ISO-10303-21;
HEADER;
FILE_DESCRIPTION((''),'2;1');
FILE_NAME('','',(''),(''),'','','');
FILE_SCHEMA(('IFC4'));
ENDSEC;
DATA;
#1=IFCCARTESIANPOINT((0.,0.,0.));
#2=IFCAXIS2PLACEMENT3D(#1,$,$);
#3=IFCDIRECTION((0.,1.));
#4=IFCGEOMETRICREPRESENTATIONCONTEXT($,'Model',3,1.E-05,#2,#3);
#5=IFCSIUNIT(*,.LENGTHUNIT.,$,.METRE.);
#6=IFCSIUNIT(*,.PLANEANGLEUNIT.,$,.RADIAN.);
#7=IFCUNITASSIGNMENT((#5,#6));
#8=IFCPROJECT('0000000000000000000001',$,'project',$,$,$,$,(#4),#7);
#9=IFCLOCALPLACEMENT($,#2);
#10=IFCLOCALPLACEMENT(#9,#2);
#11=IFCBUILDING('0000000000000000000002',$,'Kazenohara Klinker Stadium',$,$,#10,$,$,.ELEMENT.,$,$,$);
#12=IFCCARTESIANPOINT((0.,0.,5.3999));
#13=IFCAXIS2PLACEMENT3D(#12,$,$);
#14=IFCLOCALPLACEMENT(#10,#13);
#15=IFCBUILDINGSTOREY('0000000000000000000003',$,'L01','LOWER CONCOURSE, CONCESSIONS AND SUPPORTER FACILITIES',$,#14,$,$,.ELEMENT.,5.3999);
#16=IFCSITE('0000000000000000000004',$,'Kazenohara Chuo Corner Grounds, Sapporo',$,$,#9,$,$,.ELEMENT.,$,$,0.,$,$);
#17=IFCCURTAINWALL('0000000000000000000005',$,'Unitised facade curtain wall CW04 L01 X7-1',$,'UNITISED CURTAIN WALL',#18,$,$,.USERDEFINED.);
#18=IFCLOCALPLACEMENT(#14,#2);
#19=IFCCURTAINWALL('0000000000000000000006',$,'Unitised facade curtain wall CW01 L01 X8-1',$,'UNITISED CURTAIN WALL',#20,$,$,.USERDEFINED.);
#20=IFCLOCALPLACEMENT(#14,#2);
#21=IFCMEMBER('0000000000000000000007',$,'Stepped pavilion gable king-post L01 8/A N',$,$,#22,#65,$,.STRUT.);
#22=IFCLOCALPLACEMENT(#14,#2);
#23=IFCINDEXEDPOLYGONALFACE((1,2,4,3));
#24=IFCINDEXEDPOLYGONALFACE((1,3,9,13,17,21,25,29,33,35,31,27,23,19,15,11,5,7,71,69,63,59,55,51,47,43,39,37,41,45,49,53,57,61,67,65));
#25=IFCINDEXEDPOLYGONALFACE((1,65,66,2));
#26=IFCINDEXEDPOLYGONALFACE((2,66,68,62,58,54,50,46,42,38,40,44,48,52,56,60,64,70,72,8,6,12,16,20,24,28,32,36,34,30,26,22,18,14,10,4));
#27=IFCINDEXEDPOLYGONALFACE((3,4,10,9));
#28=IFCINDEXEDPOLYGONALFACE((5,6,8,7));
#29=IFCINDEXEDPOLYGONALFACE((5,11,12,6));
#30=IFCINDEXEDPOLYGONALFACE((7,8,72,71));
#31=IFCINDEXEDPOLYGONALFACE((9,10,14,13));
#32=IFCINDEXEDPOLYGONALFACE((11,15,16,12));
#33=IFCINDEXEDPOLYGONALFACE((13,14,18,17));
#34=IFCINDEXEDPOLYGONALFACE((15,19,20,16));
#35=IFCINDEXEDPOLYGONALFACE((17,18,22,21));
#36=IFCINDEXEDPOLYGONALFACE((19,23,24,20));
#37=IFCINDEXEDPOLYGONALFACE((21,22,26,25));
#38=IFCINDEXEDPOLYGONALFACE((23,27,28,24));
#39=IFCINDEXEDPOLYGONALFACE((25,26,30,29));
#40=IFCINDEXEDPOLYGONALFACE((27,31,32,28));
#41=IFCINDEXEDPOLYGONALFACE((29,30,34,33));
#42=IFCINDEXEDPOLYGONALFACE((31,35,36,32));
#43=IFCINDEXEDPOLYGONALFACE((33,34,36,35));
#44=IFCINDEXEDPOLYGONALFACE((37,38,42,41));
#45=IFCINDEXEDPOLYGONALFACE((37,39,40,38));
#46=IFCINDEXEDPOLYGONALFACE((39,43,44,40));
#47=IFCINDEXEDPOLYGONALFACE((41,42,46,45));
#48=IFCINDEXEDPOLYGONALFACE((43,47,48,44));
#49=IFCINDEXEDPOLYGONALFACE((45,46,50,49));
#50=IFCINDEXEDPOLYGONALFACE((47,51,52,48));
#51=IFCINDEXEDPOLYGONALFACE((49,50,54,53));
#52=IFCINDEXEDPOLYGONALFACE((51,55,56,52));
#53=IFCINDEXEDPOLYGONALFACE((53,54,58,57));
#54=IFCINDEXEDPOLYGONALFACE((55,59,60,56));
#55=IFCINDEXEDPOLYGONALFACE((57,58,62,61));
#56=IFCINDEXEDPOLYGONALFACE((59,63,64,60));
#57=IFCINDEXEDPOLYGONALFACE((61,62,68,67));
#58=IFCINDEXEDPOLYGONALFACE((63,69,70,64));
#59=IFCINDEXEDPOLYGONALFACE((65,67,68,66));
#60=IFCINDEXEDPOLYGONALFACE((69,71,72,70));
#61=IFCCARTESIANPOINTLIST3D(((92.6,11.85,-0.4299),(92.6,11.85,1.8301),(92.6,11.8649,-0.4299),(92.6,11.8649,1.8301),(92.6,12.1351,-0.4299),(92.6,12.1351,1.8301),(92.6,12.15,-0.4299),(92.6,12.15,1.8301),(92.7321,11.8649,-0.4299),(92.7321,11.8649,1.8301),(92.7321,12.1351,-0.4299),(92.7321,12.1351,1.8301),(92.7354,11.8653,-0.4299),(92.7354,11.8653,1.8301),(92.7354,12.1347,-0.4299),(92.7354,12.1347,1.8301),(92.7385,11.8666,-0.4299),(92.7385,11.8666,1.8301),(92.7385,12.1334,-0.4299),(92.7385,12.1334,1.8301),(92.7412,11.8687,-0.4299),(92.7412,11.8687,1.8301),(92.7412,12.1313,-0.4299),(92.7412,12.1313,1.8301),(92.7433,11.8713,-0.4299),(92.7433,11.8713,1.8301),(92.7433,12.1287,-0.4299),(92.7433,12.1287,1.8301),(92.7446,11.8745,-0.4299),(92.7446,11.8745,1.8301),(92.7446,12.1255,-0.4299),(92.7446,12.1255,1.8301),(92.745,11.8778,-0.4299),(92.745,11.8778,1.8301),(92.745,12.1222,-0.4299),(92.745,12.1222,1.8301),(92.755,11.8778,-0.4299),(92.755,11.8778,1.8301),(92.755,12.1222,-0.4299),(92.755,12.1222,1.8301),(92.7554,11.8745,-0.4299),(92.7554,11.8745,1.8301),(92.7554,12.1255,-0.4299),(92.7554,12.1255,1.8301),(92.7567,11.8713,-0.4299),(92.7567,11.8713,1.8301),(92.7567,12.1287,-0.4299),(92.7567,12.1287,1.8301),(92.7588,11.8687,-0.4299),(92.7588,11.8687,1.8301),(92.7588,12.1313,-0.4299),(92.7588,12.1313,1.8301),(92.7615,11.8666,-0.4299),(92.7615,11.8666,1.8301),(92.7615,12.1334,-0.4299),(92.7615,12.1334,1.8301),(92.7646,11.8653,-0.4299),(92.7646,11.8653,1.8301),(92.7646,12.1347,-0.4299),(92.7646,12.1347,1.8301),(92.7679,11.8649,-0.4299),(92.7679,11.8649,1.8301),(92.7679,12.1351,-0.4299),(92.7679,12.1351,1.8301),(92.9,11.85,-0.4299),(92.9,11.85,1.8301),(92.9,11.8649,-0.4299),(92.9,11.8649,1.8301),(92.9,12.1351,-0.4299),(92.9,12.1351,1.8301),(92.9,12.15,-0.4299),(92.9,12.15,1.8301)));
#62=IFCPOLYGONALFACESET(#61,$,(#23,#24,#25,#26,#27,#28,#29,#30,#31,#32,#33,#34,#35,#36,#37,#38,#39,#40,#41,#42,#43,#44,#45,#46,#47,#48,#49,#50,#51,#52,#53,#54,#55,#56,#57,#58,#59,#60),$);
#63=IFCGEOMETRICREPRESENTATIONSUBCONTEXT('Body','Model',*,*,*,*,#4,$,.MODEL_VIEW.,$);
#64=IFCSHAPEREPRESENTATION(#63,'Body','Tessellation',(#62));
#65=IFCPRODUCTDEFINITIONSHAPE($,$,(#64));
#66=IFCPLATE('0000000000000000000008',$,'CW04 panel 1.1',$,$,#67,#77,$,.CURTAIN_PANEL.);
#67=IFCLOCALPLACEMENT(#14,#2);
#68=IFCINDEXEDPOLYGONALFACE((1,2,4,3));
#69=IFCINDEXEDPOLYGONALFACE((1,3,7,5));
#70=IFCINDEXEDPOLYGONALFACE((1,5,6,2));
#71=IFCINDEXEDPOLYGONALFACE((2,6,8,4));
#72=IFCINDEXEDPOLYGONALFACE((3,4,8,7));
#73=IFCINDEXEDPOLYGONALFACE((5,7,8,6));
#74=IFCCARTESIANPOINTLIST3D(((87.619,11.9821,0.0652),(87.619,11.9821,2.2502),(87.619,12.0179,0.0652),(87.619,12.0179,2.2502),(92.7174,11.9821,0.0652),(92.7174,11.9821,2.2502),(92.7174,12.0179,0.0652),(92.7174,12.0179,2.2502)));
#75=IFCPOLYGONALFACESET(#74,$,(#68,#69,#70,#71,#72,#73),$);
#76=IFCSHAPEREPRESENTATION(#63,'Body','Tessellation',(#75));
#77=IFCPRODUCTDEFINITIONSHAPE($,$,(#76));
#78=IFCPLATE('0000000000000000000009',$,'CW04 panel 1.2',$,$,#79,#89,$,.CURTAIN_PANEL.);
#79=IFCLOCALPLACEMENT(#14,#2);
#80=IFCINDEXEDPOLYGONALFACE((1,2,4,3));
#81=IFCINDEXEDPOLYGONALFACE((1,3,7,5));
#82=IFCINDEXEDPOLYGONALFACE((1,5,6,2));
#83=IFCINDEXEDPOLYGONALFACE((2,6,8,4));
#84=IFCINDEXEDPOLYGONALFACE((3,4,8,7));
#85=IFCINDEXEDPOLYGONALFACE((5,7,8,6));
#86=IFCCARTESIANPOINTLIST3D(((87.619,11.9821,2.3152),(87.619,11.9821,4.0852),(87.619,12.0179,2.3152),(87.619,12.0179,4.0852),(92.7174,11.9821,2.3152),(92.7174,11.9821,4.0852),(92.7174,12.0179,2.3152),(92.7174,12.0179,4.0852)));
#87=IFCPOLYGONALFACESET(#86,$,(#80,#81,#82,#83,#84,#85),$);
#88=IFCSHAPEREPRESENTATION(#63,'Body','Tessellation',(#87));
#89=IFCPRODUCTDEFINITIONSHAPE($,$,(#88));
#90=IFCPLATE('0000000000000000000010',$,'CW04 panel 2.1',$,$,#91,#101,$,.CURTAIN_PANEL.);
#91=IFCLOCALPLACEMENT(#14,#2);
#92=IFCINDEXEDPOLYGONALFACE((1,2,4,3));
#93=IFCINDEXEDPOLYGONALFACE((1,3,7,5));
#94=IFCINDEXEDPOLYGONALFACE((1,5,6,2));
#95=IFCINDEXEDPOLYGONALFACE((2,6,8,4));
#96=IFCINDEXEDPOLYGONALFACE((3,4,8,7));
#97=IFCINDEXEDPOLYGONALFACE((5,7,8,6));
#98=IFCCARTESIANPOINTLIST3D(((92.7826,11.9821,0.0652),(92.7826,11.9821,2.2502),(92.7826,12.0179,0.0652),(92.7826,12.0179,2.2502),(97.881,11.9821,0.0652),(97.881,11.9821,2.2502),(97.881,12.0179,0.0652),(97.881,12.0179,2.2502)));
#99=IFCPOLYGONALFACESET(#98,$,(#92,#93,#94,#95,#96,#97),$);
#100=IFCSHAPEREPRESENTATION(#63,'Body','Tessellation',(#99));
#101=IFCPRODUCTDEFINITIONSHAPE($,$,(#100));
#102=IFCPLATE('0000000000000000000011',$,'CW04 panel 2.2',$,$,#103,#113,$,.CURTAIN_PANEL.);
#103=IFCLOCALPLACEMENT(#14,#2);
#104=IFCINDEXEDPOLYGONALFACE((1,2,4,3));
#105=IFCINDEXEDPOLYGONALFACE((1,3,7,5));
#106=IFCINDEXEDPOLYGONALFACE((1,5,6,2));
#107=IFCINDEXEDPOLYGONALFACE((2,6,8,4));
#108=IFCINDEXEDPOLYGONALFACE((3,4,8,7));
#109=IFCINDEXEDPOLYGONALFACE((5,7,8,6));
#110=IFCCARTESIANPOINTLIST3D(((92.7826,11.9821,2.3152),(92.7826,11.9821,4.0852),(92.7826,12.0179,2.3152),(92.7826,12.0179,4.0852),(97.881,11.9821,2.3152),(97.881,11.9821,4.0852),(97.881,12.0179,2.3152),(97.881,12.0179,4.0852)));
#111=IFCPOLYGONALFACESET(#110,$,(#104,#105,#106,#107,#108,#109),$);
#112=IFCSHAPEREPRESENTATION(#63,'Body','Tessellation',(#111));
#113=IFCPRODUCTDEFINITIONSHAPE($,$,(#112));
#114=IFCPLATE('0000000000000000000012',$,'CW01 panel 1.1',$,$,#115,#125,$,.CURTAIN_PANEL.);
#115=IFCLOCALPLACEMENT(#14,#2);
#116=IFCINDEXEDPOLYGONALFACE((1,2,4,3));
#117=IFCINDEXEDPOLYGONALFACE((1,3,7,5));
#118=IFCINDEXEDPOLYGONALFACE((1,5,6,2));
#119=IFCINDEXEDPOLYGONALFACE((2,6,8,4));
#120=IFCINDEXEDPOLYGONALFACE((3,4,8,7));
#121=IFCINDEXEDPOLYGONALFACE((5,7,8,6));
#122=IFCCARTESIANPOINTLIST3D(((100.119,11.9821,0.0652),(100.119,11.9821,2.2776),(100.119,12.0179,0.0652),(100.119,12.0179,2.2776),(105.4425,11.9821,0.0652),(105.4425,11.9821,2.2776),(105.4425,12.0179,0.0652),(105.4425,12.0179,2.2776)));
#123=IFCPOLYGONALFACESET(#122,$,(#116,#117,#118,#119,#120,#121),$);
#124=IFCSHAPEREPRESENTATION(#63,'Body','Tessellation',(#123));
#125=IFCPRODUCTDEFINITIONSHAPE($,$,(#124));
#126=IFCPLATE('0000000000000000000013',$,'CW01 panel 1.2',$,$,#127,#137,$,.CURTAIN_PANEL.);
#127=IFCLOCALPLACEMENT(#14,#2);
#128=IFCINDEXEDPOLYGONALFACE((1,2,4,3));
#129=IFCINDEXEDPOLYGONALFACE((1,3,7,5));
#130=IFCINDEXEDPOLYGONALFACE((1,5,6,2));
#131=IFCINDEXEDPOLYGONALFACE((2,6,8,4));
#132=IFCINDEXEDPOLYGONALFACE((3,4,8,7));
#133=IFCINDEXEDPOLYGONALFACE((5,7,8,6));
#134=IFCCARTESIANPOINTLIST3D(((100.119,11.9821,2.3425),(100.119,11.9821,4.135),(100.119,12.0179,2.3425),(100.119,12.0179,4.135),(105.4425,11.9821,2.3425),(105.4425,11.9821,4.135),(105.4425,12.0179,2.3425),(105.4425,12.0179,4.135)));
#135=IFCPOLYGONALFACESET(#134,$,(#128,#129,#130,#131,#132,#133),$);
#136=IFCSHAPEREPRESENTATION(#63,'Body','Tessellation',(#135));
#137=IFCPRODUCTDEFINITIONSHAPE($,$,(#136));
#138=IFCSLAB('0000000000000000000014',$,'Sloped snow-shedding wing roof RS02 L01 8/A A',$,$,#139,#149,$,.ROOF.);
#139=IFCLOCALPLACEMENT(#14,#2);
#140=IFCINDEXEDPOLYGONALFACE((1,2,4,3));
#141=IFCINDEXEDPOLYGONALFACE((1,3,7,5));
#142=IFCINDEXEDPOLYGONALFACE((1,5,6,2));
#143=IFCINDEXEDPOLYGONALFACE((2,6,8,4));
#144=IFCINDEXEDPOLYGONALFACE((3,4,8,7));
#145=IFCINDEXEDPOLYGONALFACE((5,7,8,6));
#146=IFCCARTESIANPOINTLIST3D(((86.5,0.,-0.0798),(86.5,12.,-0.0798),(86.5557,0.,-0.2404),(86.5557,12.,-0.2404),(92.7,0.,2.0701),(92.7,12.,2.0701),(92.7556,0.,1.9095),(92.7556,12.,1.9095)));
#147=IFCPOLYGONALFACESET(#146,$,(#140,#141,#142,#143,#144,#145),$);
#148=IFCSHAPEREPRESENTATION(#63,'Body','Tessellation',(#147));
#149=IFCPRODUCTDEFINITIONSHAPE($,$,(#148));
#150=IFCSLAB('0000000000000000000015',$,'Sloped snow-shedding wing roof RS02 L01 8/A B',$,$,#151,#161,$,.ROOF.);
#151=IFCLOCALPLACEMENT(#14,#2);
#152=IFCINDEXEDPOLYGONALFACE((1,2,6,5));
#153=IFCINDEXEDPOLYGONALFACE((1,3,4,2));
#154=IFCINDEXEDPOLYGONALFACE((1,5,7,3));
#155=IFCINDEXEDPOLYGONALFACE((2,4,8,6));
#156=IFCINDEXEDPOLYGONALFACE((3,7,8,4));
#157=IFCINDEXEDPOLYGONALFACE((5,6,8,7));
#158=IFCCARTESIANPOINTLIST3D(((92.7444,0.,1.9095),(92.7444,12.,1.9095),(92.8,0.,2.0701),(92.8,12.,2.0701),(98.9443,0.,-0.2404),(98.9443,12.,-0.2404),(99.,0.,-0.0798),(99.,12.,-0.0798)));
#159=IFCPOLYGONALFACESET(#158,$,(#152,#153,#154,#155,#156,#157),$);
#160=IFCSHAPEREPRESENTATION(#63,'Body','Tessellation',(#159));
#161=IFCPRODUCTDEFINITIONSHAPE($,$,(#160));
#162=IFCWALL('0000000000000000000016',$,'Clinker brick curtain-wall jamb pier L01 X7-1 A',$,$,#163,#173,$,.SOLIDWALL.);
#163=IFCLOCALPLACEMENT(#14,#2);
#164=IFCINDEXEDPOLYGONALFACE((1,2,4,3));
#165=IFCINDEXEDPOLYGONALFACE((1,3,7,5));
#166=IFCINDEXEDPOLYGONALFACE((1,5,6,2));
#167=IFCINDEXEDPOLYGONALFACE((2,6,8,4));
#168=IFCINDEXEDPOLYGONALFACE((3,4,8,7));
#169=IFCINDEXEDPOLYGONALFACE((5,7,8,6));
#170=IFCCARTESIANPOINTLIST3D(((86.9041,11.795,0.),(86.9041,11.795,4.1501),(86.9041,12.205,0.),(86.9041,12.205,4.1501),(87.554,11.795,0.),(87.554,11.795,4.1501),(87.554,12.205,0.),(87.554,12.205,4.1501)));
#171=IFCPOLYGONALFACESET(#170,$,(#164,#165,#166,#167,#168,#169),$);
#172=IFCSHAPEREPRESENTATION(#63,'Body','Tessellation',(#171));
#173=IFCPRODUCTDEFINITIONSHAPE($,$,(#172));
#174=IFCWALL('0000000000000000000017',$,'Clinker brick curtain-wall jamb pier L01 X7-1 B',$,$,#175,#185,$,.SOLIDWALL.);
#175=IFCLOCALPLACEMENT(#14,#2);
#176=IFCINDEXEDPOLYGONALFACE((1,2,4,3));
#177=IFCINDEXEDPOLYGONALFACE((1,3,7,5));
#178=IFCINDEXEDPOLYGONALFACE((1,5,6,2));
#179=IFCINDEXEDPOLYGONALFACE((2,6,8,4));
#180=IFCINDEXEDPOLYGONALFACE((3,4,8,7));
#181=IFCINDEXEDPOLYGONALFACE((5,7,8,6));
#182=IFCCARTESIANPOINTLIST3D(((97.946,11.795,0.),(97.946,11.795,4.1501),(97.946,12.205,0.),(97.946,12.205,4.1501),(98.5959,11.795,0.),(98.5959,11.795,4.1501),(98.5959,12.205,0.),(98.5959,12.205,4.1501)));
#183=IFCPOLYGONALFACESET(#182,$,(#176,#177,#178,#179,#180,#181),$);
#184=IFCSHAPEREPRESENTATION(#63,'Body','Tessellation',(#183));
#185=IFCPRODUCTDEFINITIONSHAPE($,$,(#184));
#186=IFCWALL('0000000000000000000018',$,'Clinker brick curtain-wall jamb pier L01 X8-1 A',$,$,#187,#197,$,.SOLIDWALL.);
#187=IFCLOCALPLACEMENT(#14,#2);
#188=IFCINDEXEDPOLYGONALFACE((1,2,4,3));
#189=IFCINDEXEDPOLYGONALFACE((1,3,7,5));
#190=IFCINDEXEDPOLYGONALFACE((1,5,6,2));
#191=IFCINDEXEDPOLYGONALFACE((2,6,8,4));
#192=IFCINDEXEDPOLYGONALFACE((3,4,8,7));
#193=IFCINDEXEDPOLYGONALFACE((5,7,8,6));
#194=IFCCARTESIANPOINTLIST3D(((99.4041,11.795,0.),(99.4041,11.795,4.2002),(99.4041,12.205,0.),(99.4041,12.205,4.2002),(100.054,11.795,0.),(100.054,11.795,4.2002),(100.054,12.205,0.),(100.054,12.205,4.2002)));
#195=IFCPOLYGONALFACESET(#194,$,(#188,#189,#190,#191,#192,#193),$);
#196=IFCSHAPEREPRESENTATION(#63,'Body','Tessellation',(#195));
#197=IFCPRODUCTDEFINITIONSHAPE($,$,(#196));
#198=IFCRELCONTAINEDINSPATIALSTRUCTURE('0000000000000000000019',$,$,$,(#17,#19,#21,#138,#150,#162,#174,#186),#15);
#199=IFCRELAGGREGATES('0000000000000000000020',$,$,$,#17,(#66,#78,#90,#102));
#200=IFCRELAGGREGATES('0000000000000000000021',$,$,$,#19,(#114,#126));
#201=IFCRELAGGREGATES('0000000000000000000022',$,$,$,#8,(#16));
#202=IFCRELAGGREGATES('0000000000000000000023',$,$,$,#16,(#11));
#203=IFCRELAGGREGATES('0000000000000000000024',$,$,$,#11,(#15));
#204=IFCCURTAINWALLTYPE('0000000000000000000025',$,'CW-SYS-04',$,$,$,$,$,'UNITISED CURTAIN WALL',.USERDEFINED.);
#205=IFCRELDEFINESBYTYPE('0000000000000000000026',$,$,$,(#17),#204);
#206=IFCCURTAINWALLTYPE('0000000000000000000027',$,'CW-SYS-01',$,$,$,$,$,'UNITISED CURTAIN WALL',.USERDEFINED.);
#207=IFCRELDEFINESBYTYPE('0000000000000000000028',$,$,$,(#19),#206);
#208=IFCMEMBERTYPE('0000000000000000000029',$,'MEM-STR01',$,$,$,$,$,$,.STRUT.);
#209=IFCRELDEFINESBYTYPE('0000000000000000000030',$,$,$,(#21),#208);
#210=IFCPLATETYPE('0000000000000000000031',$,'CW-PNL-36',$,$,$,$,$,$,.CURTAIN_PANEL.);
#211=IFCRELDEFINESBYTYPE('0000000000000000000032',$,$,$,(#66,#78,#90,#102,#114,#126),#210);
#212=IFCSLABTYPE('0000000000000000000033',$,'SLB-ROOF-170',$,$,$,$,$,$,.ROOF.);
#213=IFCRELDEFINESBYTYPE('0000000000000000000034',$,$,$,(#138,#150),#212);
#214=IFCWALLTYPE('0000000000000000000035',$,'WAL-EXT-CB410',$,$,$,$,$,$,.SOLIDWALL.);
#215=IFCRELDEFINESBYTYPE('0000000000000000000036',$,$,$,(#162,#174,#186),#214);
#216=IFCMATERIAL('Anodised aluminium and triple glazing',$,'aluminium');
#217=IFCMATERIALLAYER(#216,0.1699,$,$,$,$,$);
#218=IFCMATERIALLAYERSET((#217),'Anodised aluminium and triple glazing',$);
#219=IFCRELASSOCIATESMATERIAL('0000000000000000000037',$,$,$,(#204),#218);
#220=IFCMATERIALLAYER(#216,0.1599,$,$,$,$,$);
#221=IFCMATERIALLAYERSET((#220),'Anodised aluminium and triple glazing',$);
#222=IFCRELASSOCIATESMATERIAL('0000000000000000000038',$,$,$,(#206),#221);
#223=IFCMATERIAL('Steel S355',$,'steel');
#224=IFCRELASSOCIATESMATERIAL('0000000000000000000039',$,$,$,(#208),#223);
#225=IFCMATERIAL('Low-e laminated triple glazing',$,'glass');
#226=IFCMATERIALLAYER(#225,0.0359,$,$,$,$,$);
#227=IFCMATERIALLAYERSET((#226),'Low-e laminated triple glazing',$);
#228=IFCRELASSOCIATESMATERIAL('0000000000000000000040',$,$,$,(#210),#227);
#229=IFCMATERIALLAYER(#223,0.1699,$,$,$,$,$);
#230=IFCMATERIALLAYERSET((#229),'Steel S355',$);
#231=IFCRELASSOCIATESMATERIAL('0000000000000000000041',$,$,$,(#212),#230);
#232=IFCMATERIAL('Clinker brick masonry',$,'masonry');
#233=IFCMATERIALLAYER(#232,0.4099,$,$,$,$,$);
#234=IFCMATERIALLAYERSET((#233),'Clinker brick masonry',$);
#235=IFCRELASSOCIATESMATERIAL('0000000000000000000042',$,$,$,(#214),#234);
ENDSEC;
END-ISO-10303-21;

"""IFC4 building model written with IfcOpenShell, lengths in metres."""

from ifc_helpers import new_model, si_unit, direction, frame, frame_2d, origin, origin_2d, place, context, subcontext, project, spatial, polyline, rectangle, i_section, outline, extrude, material, layer, layer_set, material_profile, profile_set, type_object, element, aggregate, save


model = new_model("IFC4")

# Units and contexts
model_context = context("Model", 3, precision=1e-05, world=origin(), true_north=direction((0.0, 1.0)))
body_context = subcontext(model_context, "Body", "Model", "MODEL_VIEW")
ifc_project = project(units=[si_unit("LENGTHUNIT", "METRE"), si_unit("PLANEANGLEUNIT", "RADIAN")], contexts=[model_context])

# Site, building, storey
site_placement = place(None, origin())
site = spatial("IfcSite", under=ifc_project, at=site_placement, Name="Kazenohara Chuo Corner Grounds, Sapporo", CompositionType="ELEMENT", RefElevation=0.0)
building_placement = place(site_placement, origin())
building = spatial("IfcBuilding", under=site, at=building_placement, Name="Kazenohara Klinker Stadium", CompositionType="ELEMENT")
storey_placement = place(building_placement, frame((0.0, 0.0, 5.3999)))
storey = spatial("IfcBuildingStorey", under=building, at=storey_placement, Name="L01", Description="LOWER CONCOURSE, CONCESSIONS AND SUPPORTER FACILITIES", CompositionType="ELEMENT", Elevation=5.3999)

# Shared definitions
ifc_material_1 = material(Name="Steel S355", Category="steel")

# Curtain walls
ifc_material_2 = material(Name="Anodised aluminium and triple glazing", Category="aluminium")
ifc_layer_1 = layer(ifc_material_2, 0.1699)
ifc_layer_set_1 = layer_set([ifc_layer_1], Name="Anodised aluminium and triple glazing")
curtain_wall_type_1 = type_object("IfcCurtainWallType", Name="CW-SYS-04", ElementType="UNITISED CURTAIN WALL", PredefinedType="USERDEFINED", material=ifc_layer_set_1)
curtain_wall_1_placement = place(storey_placement, origin())
curtain_wall_1 = element("IfcCurtainWall", 1, at=curtain_wall_1_placement, inside=storey, type_object=curtain_wall_type_1, Name="Unitised facade curtain wall CW04 L01 X7-1", ObjectType="UNITISED CURTAIN WALL", PredefinedType="USERDEFINED")
ifc_layer_2 = layer(ifc_material_2, 0.1599)
ifc_layer_set_2 = layer_set([ifc_layer_2], Name="Anodised aluminium and triple glazing")
curtain_wall_type_2 = type_object("IfcCurtainWallType", Name="CW-SYS-01", ElementType="UNITISED CURTAIN WALL", PredefinedType="USERDEFINED", material=ifc_layer_set_2)
curtain_wall_2_placement = place(storey_placement, origin())
curtain_wall_2 = element("IfcCurtainWall", 2, at=curtain_wall_2_placement, inside=storey, type_object=curtain_wall_type_2, Name="Unitised facade curtain wall CW01 L01 X8-1", ObjectType="UNITISED CURTAIN WALL", PredefinedType="USERDEFINED")

# Member
ifc_material_profile_1 = material_profile(ifc_material_1, i_section(OverallWidth=0.3, OverallDepth=0.3, WebThickness=0.01, FlangeThickness=0.0149, FilletRadius=0.0129, at=origin_2d()), Name="H-300x300x10x15")
ifc_profile_set_1 = profile_set([ifc_material_profile_1], Name="Steel S355")
member_type_1 = type_object("IfcMemberType", Name="MEM-STR01", PredefinedType="STRUT", material=ifc_profile_set_1)
for number, where, z_axis, x_axis, name in (
    (3, (92.75, 12.0, -0.4299), (0.0, 0.0, 1.0), (1.0, 0.0, 0.0), "Stepped pavilion gable king-post L01 8/A N"),
):
    element("IfcMember", number, at=place(storey_placement, frame(where, z_axis=z_axis, x_axis=x_axis)), inside=storey, type_object=member_type_1, Name=name, PredefinedType="STRUT", context=body_context, shape_type="SweptSolid", body=[
        extrude(i_section(OverallWidth=0.3, OverallDepth=0.3, WebThickness=0.01, FlangeThickness=0.0149, FilletRadius=0.0129, at=origin_2d()), origin(), (0.0, 0.0, 1.0), 2.26),
    ])

# Plates
ifc_material_3 = material(Name="Low-e laminated triple glazing", Category="glass")
ifc_layer_3 = layer(ifc_material_3, 0.0359)
ifc_layer_set_3 = layer_set([ifc_layer_3], Name="Low-e laminated triple glazing")
plate_type = type_object("IfcPlateType", Name="CW-PNL-36", PredefinedType="CURTAIN_PANEL", material=ifc_layer_set_3)
plate_1_placement = place(storey_placement, frame((90.1682, 12.0, 0.0652), z_axis=(0.0, 0.0, 1.0), x_axis=(1.0, 0.0, 0.0)))
plate_1 = element("IfcPlate", 4, at=plate_1_placement, type_object=plate_type, Name="CW04 panel 1.1", PredefinedType="CURTAIN_PANEL", context=body_context, shape_type="SweptSolid", body=[
    extrude(rectangle(XDim=5.0984, YDim=0.0359, at=origin_2d()), origin(), (0.0, 0.0, 1.0), 2.1851),
])
plate_2_placement = place(storey_placement, frame((90.1682, 12.0, 2.3152), z_axis=(0.0, 0.0, 1.0), x_axis=(1.0, 0.0, 0.0)))
plate_2 = element("IfcPlate", 5, at=plate_2_placement, type_object=plate_type, Name="CW04 panel 1.2", PredefinedType="CURTAIN_PANEL", context=body_context, shape_type="SweptSolid", body=[
    extrude(rectangle(XDim=5.0984, YDim=0.0359, at=origin_2d()), origin(), (0.0, 0.0, 1.0), 1.77),
])
plate_3_placement = place(storey_placement, frame((95.3318, 12.0, 0.0652), z_axis=(0.0, 0.0, 1.0), x_axis=(1.0, 0.0, 0.0)))
plate_3 = element("IfcPlate", 6, at=plate_3_placement, type_object=plate_type, Name="CW04 panel 2.1", PredefinedType="CURTAIN_PANEL", context=body_context, shape_type="SweptSolid", body=[
    extrude(rectangle(XDim=5.0984, YDim=0.0359, at=origin_2d()), origin(), (0.0, 0.0, 1.0), 2.1851),
])
plate_4_placement = place(storey_placement, frame((95.3318, 12.0, 2.3152), z_axis=(0.0, 0.0, 1.0), x_axis=(1.0, 0.0, 0.0)))
plate_4 = element("IfcPlate", 7, at=plate_4_placement, type_object=plate_type, Name="CW04 panel 2.2", PredefinedType="CURTAIN_PANEL", context=body_context, shape_type="SweptSolid", body=[
    extrude(rectangle(XDim=5.0984, YDim=0.0359, at=origin_2d()), origin(), (0.0, 0.0, 1.0), 1.77),
])
aggregate(curtain_wall_1, [plate_1, plate_2, plate_3, plate_4])
plate_5_placement = place(storey_placement, frame((102.7808, 12.0, 0.0652), z_axis=(0.0, 0.0, 1.0), x_axis=(1.0, 0.0, 0.0)))
plate_5 = element("IfcPlate", 8, at=plate_5_placement, type_object=plate_type, Name="CW01 panel 1.1", PredefinedType="CURTAIN_PANEL", context=body_context, shape_type="SweptSolid", body=[
    extrude(rectangle(XDim=5.3235, YDim=0.0359, at=origin_2d()), origin(), (0.0, 0.0, 1.0), 2.2124),
])
plate_6_placement = place(storey_placement, frame((102.7808, 12.0, 2.3425), z_axis=(0.0, 0.0, 1.0), x_axis=(1.0, 0.0, 0.0)))
plate_6 = element("IfcPlate", 9, at=plate_6_placement, type_object=plate_type, Name="CW01 panel 1.2", PredefinedType="CURTAIN_PANEL", context=body_context, shape_type="SweptSolid", body=[
    extrude(rectangle(XDim=5.3235, YDim=0.0359, at=origin_2d()), origin(), (0.0, 0.0, 1.0), 1.7925),
])
aggregate(curtain_wall_2, [plate_5, plate_6])

# Slabs
ifc_layer_4 = layer(ifc_material_1, 0.1699)
ifc_layer_set_4 = layer_set([ifc_layer_4], Name="Steel S355")
slab_type = type_object("IfcSlabType", Name="SLB-ROOF-170", PredefinedType="ROOF", material=ifc_layer_set_4)
for number, where, z_axis, x_axis, name in (
    (10, (86.5, 0.0, -0.0798), (-0.327623, 0.0, 0.944809), (0.944809, 0.0, 0.327623), "Sloped snow-shedding wing roof RS02 L01 8/A A"),
    (11, (92.8, 0.0, 2.0701), (0.327623, 0.0, 0.944809), (0.944809, 0.0, -0.327623), "Sloped snow-shedding wing roof RS02 L01 8/A B"),
):
    element("IfcSlab", number, at=place(storey_placement, frame(where, z_axis=z_axis, x_axis=x_axis)), inside=storey, type_object=slab_type, Name=name, PredefinedType="ROOF", context=body_context, shape_type="SweptSolid", body=[
        extrude(outline(polyline([(0.0, 0.0), (6.5621, 0.0), (6.5621, 12.0), (0.0, 12.0), (0.0, 0.0)])), origin(), (0.0, 0.0, -1.0), 0.1699),
    ])

# Walls
ifc_material_4 = material(Name="Clinker brick masonry", Category="masonry")
ifc_layer_5 = layer(ifc_material_4, 0.4099)
ifc_layer_set_5 = layer_set([ifc_layer_5], Name="Clinker brick masonry")
wall_type = type_object("IfcWallType", Name="WAL-EXT-CB410", PredefinedType="SOLIDWALL", material=ifc_layer_set_5)
for number, where, z_axis, x_axis, name in (
    (12, (86.9041, 12.0, 0.0), (0.0, 0.0, 1.0), (1.0, 0.0, 0.0), "Clinker brick curtain-wall jamb pier L01 X7-1 A"),
    (13, (97.946, 12.0, 0.0), (0.0, 0.0, 1.0), (1.0, 0.0, 0.0), "Clinker brick curtain-wall jamb pier L01 X7-1 B"),
):
    element("IfcWall", number, at=place(storey_placement, frame(where, z_axis=z_axis, x_axis=x_axis)), inside=storey, type_object=wall_type, Name=name, PredefinedType="SOLIDWALL", context=body_context, shape_type="SweptSolid", body=[
        extrude(rectangle(XDim=0.6499, YDim=0.4099, at=frame_2d((0.325, 0.0))), origin(), (0.0, 0.0, 1.0), 4.1501),
    ])
wall_placement = place(storey_placement, frame((99.4041, 12.0, 0.0), z_axis=(0.0, 0.0, 1.0), x_axis=(1.0, 0.0, 0.0)))
element("IfcWall", 14, at=wall_placement, inside=storey, type_object=wall_type, Name="Clinker brick curtain-wall jamb pier L01 X8-1 A", PredefinedType="SOLIDWALL", context=body_context, shape_type="SweptSolid", body=[
    extrude(rectangle(XDim=0.6499, YDim=0.4099, at=frame_2d((0.325, 0.0))), origin(), (0.0, 0.0, 1.0), 4.2002),
])

save(model, "model.ifc")
